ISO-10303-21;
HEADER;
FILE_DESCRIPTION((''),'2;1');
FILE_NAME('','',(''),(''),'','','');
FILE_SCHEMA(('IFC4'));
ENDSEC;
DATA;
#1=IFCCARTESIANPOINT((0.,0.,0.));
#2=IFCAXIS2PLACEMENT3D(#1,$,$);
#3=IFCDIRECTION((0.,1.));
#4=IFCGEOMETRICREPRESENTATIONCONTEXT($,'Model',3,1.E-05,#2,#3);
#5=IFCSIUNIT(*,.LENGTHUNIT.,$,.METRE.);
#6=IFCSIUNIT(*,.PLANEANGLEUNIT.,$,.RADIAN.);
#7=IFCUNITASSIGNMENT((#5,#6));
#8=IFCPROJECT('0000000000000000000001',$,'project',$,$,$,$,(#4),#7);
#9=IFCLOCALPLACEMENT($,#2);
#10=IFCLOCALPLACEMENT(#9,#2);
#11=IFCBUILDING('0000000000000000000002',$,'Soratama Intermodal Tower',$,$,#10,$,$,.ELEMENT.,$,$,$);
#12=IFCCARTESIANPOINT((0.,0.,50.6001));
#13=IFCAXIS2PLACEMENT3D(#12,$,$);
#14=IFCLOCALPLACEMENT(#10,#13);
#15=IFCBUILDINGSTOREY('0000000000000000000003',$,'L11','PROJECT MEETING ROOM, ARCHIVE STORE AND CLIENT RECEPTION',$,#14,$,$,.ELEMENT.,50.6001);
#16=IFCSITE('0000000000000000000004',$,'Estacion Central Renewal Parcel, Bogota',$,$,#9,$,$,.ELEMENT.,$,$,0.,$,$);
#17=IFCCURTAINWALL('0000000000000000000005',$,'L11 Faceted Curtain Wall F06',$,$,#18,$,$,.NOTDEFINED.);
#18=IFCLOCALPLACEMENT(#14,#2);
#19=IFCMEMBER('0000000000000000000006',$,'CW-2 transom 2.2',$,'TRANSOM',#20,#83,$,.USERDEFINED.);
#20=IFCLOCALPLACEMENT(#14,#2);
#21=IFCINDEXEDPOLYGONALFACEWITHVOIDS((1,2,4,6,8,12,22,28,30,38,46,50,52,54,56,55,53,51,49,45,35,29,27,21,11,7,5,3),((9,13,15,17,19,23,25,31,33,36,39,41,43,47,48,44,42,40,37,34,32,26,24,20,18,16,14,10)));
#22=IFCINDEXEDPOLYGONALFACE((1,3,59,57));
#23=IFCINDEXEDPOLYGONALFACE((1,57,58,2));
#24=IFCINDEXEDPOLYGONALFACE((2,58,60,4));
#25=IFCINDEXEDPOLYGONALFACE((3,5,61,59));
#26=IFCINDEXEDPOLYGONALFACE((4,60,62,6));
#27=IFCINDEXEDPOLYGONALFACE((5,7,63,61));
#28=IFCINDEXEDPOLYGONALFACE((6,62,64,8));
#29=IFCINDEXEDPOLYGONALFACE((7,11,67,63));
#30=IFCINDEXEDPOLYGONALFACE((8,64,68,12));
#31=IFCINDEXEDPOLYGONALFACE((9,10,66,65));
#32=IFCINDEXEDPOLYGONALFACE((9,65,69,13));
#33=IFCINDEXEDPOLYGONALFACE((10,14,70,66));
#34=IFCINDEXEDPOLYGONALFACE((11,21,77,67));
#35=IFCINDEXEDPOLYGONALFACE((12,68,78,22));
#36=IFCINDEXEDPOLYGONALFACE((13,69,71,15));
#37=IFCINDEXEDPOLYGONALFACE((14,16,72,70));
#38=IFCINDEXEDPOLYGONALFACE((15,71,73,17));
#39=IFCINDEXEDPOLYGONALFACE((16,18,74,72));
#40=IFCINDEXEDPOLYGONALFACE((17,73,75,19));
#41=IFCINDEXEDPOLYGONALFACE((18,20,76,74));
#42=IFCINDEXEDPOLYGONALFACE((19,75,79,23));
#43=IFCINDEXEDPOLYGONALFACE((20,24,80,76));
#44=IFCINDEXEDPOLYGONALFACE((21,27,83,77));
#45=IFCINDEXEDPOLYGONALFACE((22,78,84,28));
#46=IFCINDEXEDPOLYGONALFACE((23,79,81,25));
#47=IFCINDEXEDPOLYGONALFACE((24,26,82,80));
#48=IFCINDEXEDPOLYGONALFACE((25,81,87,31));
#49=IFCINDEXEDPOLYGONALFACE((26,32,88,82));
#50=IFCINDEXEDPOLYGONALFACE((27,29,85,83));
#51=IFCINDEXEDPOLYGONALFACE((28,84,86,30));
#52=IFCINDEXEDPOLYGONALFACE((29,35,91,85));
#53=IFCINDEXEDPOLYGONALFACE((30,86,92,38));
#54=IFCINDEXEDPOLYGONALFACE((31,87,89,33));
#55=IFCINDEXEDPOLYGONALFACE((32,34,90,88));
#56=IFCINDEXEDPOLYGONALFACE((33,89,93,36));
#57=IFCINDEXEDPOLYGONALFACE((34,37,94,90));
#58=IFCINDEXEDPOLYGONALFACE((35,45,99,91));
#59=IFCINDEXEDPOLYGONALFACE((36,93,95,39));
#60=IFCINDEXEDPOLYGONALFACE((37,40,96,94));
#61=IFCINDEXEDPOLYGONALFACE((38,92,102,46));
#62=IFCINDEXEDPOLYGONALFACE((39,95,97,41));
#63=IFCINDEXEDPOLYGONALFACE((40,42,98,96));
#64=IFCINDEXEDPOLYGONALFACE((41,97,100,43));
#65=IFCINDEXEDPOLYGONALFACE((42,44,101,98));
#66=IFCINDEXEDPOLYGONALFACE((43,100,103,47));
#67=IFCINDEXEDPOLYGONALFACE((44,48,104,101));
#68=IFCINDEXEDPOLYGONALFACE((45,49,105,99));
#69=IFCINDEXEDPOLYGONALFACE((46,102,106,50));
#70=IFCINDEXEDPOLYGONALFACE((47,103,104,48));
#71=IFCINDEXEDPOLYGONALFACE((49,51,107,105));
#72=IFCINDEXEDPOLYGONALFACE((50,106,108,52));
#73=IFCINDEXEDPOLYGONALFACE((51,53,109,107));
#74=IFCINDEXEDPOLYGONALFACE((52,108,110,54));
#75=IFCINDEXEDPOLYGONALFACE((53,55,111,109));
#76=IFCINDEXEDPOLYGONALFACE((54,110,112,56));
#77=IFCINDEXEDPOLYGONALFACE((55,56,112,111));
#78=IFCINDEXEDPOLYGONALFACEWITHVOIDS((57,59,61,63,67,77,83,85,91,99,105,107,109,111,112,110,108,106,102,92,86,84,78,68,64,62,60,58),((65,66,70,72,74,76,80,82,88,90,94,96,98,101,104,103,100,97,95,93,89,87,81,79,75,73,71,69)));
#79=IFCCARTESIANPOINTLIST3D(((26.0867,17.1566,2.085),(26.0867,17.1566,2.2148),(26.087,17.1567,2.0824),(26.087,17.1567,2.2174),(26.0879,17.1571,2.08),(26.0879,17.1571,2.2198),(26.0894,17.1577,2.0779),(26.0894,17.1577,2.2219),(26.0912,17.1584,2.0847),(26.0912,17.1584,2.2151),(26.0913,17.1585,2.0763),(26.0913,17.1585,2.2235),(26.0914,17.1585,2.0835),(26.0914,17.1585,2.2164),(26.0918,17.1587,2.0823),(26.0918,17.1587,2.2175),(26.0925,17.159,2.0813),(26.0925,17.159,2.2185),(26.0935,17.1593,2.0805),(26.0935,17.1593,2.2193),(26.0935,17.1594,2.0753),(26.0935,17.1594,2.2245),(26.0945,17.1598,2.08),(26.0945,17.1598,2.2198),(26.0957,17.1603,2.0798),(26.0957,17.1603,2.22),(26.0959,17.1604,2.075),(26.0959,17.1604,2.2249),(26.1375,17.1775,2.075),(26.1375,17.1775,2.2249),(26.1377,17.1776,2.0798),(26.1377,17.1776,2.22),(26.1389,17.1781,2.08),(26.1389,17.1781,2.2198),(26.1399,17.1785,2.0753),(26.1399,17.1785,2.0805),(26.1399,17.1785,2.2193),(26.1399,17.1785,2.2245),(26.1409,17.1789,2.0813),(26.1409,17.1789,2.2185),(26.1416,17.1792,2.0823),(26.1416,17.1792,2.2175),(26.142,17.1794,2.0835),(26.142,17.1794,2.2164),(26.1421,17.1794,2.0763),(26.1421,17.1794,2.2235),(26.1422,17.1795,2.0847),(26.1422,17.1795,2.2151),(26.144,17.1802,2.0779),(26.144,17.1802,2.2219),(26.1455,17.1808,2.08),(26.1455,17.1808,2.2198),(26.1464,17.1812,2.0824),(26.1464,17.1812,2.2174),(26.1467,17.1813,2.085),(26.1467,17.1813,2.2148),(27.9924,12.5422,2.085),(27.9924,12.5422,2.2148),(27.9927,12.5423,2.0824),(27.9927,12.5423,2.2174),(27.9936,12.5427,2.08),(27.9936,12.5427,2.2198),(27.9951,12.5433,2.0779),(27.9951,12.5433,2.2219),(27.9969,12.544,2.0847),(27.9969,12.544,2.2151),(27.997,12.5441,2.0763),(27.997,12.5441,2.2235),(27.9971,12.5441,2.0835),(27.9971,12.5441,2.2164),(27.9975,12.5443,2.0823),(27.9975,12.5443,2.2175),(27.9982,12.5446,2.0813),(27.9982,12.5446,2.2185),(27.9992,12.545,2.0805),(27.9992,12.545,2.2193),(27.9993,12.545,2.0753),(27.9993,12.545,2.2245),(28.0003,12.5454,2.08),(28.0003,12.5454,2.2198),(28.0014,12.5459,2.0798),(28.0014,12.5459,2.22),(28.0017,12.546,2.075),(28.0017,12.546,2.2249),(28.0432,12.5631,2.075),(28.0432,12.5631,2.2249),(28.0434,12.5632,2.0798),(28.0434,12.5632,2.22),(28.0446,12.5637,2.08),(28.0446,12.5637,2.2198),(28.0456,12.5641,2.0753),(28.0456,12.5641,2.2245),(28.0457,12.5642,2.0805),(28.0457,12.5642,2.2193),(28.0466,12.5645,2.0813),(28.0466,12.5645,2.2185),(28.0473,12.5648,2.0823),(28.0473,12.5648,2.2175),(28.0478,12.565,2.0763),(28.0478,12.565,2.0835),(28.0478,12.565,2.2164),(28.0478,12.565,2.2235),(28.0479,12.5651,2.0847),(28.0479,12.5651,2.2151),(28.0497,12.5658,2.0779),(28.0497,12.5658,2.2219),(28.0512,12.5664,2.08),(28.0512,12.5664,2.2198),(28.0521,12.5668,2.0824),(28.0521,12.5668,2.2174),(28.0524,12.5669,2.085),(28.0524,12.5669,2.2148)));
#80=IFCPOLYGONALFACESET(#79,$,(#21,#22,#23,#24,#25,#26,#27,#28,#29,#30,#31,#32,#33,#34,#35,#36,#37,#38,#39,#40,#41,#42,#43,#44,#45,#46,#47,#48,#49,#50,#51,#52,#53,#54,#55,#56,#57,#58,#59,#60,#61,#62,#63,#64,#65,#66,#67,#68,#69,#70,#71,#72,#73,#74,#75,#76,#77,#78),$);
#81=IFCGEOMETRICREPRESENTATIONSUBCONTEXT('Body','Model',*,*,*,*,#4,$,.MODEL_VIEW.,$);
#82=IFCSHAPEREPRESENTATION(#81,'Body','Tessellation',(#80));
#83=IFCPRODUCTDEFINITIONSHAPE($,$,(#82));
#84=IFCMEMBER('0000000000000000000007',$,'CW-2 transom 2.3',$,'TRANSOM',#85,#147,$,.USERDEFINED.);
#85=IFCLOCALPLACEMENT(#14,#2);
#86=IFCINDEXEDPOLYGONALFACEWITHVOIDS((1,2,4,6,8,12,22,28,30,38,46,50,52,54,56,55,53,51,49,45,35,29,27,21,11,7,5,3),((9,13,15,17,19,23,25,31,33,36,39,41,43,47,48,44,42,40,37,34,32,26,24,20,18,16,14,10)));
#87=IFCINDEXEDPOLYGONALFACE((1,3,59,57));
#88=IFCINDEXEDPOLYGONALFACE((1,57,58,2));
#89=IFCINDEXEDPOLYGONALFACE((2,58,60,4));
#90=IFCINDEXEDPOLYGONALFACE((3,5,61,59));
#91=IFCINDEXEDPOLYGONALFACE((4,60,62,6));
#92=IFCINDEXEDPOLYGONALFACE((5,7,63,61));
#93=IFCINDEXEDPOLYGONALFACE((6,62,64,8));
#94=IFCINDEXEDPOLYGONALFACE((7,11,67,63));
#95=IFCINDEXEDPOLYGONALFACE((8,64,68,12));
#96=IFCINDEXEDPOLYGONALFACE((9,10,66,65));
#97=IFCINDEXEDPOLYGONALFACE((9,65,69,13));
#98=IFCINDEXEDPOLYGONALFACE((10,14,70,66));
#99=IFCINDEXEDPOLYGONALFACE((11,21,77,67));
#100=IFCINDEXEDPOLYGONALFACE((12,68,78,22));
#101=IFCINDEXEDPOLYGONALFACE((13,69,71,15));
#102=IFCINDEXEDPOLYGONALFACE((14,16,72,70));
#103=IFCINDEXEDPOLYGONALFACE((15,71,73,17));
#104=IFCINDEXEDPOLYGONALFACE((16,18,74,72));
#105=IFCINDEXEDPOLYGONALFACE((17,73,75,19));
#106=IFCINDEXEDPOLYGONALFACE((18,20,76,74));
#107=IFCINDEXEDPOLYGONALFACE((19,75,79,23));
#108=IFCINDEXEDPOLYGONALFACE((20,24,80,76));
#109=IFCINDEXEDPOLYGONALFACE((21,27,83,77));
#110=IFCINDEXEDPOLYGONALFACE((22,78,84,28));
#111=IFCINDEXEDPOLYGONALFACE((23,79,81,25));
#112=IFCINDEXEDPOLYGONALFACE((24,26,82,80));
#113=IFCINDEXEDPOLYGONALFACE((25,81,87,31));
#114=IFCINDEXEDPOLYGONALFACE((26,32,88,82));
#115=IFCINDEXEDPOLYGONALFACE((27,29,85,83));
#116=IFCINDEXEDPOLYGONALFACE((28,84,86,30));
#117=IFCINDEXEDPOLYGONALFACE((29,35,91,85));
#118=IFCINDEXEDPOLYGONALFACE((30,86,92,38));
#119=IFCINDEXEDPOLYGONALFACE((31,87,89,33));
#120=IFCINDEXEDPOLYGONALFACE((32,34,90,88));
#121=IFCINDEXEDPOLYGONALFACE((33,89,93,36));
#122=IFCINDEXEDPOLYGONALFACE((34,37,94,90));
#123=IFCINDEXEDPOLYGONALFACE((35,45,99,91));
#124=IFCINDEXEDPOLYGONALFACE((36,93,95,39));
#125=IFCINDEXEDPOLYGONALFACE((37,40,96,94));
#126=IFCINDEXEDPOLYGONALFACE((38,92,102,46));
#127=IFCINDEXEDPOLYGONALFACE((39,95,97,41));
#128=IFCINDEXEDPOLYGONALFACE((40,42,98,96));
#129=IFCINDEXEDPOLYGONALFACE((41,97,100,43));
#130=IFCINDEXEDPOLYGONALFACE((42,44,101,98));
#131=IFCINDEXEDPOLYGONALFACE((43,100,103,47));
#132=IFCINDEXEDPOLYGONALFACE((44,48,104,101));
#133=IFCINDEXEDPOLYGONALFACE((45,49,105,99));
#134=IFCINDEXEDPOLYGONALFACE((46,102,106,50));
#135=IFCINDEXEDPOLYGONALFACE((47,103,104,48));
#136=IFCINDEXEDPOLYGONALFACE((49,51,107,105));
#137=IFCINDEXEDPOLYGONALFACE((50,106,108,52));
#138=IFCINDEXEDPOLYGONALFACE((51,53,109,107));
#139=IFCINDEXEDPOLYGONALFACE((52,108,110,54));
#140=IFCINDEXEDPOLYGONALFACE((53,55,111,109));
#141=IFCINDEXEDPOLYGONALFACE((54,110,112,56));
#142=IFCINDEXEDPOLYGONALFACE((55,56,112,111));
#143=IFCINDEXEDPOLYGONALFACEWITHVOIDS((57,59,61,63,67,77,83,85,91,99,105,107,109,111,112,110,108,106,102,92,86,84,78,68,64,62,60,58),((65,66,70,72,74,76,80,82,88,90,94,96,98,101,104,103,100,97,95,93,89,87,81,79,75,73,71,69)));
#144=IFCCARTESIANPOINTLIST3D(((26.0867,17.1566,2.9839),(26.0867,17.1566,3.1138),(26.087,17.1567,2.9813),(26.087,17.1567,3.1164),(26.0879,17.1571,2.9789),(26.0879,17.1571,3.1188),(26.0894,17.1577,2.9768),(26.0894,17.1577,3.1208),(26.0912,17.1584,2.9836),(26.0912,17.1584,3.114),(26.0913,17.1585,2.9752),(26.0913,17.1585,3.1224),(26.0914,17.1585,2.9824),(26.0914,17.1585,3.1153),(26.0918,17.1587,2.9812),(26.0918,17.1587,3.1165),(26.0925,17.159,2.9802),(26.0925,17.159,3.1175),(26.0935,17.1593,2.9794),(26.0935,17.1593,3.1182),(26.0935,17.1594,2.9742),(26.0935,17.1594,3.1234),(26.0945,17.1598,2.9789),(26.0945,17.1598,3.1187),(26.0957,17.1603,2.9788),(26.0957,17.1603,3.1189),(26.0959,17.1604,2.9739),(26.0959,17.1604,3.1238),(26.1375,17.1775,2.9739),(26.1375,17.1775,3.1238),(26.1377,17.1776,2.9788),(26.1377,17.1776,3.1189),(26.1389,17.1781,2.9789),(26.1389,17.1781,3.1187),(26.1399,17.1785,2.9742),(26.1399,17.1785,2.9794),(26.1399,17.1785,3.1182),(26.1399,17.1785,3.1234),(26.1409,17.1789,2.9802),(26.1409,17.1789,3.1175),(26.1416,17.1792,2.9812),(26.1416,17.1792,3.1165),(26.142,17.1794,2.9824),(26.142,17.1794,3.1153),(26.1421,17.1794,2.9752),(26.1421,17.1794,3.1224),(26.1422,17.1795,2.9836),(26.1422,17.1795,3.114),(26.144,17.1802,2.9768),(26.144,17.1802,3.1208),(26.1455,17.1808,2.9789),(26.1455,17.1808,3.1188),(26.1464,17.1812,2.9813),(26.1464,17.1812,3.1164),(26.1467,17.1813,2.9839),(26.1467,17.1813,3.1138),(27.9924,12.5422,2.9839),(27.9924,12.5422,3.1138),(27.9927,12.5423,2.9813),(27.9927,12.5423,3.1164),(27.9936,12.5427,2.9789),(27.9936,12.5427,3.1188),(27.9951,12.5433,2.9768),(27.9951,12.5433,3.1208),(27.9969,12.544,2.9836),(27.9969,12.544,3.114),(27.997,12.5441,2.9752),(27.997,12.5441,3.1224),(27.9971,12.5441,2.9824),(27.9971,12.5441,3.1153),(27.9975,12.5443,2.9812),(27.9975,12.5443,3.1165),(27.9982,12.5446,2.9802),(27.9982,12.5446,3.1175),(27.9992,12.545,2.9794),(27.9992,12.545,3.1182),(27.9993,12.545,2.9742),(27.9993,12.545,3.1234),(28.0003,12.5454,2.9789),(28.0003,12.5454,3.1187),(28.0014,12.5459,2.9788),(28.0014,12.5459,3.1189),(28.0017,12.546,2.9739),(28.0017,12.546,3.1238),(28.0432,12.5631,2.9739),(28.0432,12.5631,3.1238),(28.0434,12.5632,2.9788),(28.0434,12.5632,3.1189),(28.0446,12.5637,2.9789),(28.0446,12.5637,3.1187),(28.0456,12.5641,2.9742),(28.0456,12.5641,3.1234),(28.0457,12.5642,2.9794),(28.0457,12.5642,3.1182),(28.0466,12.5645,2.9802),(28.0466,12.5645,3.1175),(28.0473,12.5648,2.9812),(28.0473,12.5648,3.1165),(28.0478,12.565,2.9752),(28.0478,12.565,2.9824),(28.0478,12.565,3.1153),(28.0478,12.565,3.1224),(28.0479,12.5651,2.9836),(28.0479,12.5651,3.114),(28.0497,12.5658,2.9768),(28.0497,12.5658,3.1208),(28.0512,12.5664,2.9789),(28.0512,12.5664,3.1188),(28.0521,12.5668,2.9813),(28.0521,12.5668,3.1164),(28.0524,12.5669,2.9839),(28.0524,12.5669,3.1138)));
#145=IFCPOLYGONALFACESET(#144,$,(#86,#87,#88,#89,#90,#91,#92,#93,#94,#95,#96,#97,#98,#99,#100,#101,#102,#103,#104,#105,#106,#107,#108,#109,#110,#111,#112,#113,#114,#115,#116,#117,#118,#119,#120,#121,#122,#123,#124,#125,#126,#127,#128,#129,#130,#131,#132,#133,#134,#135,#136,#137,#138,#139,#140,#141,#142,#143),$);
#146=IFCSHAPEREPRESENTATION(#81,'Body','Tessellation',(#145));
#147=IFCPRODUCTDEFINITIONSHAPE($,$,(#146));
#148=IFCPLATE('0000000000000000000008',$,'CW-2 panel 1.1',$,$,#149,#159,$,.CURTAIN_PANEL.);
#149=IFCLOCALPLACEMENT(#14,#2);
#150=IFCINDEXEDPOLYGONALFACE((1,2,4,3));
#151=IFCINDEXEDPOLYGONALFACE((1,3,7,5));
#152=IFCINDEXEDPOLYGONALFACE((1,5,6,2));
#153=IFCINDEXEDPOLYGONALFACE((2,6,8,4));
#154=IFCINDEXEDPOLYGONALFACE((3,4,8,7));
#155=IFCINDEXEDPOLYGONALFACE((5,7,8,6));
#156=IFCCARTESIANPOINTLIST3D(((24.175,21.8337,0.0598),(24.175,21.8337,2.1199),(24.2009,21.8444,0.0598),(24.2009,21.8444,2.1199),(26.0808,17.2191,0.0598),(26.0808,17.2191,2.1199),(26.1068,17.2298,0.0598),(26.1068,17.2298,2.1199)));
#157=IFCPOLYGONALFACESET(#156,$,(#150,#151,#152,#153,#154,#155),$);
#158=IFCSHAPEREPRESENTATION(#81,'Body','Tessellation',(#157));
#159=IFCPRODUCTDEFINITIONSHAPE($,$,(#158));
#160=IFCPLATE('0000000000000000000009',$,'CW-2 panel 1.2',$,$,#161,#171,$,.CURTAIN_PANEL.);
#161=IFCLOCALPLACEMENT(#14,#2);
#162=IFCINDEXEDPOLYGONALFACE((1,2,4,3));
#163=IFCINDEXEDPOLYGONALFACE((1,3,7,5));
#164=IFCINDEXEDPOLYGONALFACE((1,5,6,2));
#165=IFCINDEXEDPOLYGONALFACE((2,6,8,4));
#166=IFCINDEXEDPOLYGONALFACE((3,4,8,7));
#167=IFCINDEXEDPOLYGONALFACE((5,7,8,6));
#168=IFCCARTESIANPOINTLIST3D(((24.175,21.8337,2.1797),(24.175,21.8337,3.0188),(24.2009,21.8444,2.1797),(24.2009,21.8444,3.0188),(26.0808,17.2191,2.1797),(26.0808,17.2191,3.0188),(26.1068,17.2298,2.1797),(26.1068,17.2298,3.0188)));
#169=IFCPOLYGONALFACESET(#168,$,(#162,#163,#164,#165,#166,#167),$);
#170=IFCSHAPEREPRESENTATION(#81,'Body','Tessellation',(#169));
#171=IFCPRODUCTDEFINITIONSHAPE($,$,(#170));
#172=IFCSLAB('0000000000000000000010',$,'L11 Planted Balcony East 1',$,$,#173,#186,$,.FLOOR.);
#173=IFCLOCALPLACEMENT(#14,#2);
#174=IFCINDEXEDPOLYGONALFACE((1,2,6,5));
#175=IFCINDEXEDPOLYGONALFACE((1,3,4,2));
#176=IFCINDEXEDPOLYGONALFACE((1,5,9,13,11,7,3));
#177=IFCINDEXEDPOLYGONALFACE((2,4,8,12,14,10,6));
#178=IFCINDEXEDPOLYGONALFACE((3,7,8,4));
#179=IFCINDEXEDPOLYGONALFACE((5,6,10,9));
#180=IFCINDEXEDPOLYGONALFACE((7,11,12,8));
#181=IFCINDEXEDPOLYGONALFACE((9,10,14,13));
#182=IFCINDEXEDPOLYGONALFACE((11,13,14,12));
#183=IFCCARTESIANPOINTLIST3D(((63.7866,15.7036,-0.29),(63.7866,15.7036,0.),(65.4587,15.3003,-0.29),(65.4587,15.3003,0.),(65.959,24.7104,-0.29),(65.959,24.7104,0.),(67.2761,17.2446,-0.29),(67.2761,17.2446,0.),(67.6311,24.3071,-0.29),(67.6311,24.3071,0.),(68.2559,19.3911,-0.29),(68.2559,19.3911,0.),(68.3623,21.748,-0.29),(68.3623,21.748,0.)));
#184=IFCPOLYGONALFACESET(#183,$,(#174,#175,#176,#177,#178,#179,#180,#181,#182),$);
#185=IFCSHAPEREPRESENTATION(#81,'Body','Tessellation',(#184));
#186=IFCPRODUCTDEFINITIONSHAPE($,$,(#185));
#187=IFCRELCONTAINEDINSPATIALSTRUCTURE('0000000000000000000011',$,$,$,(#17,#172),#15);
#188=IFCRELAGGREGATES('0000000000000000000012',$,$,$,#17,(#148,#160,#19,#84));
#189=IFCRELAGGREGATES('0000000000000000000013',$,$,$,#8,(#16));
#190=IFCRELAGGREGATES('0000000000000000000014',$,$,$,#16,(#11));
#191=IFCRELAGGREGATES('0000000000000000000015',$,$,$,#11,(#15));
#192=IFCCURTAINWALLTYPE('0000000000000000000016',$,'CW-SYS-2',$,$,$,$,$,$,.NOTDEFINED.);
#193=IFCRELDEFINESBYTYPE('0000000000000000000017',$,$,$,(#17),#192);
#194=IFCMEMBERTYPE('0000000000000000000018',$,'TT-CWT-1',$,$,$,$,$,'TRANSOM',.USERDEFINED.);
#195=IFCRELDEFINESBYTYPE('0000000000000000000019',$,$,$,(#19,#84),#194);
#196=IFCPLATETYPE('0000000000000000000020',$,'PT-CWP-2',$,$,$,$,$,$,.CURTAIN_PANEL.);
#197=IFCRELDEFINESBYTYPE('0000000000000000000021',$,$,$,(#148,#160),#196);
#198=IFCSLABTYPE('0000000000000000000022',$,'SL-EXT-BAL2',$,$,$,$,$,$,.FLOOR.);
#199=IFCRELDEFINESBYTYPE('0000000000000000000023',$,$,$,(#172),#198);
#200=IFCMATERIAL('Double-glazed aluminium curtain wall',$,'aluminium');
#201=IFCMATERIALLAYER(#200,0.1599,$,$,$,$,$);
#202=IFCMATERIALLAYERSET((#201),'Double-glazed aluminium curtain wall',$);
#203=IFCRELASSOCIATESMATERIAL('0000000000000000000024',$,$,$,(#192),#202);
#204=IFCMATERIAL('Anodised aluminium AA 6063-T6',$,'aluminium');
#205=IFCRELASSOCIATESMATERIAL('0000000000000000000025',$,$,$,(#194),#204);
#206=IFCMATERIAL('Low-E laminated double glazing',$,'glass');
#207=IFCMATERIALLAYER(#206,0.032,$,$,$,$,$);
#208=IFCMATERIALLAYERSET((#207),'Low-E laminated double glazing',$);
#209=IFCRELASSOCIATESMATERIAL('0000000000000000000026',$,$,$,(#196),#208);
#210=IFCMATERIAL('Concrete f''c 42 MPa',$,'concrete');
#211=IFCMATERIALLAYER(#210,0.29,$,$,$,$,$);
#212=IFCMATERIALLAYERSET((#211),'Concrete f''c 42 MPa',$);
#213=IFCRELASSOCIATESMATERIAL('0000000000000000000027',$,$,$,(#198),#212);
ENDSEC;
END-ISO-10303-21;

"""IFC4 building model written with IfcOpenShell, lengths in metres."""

from ifc_helpers import new_model, si_unit, direction, frame, origin, origin_2d, place, context, subcontext, project, spatial, polyline, rectangle, hollow_rectangle, outline, extrude, material, layer, layer_set, material_profile, profile_set, type_object, element, aggregate, save


model = new_model("IFC4")

# Units and contexts
model_context = context("Model", 3, precision=1e-05, world=origin(), true_north=direction((0.0, 1.0)))
body_context = subcontext(model_context, "Body", "Model", "MODEL_VIEW")
ifc_project = project(units=[si_unit("LENGTHUNIT", "METRE"), si_unit("PLANEANGLEUNIT", "RADIAN")], contexts=[model_context])

# Site, building, storey
site_placement = place(None, origin())
site = spatial("IfcSite", under=ifc_project, at=site_placement, Name="Estacion Central Renewal Parcel, Bogota", CompositionType="ELEMENT", RefElevation=0.0)
building_placement = place(site_placement, origin())
building = spatial("IfcBuilding", under=site, at=building_placement, Name="Soratama Intermodal Tower", CompositionType="ELEMENT")
storey_placement = place(building_placement, frame((0.0, 0.0, 50.6001)))
storey = spatial("IfcBuildingStorey", under=building, at=storey_placement, Name="L11", Description="PROJECT MEETING ROOM, ARCHIVE STORE AND CLIENT RECEPTION", CompositionType="ELEMENT", Elevation=50.6001)

# Curtain wall, members, plates
ifc_material_1 = material(Name="Double-glazed aluminium curtain wall", Category="aluminium")
ifc_layer_1 = layer(ifc_material_1, 0.1599)
ifc_layer_set_1 = layer_set([ifc_layer_1], Name="Double-glazed aluminium curtain wall")
curtain_wall_type = type_object("IfcCurtainWallType", Name="CW-SYS-2", PredefinedType="NOTDEFINED", material=ifc_layer_set_1)
curtain_wall_placement = place(storey_placement, origin())
curtain_wall = element("IfcCurtainWall", 1, at=curtain_wall_placement, inside=storey, type_object=curtain_wall_type, Name="L11 Faceted Curtain Wall F06", PredefinedType="NOTDEFINED")
ifc_material_2 = material(Name="Anodised aluminium AA 6063-T6", Category="aluminium")
ifc_material_profile_1 = material_profile(ifc_material_2, hollow_rectangle(XDim=0.0649, YDim=0.1499, WallThickness=0.0049, InnerFilletRadius=0.0049, OuterFilletRadius=0.01, at=origin_2d()), Name="CWT150X65X5")
ifc_profile_set_1 = profile_set([ifc_material_profile_1], Name="Anodised aluminium AA 6063-T6")
member_type_1 = type_object("IfcMemberType", Name="TT-CWT-1", ElementType="TRANSOM", PredefinedType="USERDEFINED", material=ifc_profile_set_1)
member_1_placement = place(storey_placement, frame((26.1167, 17.1689, 2.1499), z_axis=(0.381721, -0.924278, 0.0), x_axis=(0.924278, 0.381721, 0.0)))
member_1 = element("IfcMember", 2, at=member_1_placement, type_object=member_type_1, Name="CW-2 transom 2.2", ObjectType="TRANSOM", PredefinedType="USERDEFINED", context=body_context, shape_type="SweptSolid", body=[
    extrude(hollow_rectangle(XDim=0.0649, YDim=0.1499, WallThickness=0.0049, InnerFilletRadius=0.0049, OuterFilletRadius=0.01, at=origin_2d()), origin(), (0.0, 0.0, 1.0), 4.9924),
])
member_2_placement = place(storey_placement, frame((26.1167, 17.1689, 3.0488), z_axis=(0.381721, -0.924278, 0.0), x_axis=(0.924278, 0.381721, 0.0)))
member_2 = element("IfcMember", 3, at=member_2_placement, type_object=member_type_1, Name="CW-2 transom 2.3", ObjectType="TRANSOM", PredefinedType="USERDEFINED", context=body_context, shape_type="SweptSolid", body=[
    extrude(hollow_rectangle(XDim=0.0649, YDim=0.1499, WallThickness=0.0049, InnerFilletRadius=0.0049, OuterFilletRadius=0.01, at=origin_2d()), origin(), (0.0, 0.0, 1.0), 4.9924),
])
ifc_material_3 = material(Name="Low-E laminated double glazing", Category="glass")
ifc_layer_2 = layer(ifc_material_3, 0.032)
ifc_layer_set_2 = layer_set([ifc_layer_2], Name="Low-E laminated double glazing")
plate_type = type_object("IfcPlateType", Name="PT-CWP-2", PredefinedType="CURTAIN_PANEL", material=ifc_layer_set_2)
plate_1_placement = place(storey_placement, frame((25.1409, 19.5317, 0.0598), z_axis=(0.0, 0.0, 1.0), x_axis=(0.381722, -0.924277, 0.0)))
plate_1 = element("IfcPlate", 4, at=plate_1_placement, type_object=plate_type, Name="CW-2 panel 1.1", PredefinedType="CURTAIN_PANEL", context=body_context, shape_type="SweptSolid", body=[
    extrude(rectangle(XDim=4.9927, YDim=0.0281, at=origin_2d()), origin(), (0.0, 0.0, 1.0), 2.0601),
])
plate_2_placement = place(storey_placement, frame((25.1409, 19.5317, 2.1797), z_axis=(0.0, 0.0, 1.0), x_axis=(0.381722, -0.924277, 0.0)))
plate_2 = element("IfcPlate", 5, at=plate_2_placement, type_object=plate_type, Name="CW-2 panel 1.2", PredefinedType="CURTAIN_PANEL", context=body_context, shape_type="SweptSolid", body=[
    extrude(rectangle(XDim=4.9927, YDim=0.0281, at=origin_2d()), origin(), (0.0, 0.0, 1.0), 0.8391),
])
aggregate(curtain_wall, [plate_1, plate_2, member_1, member_2])

# Slab
ifc_material_4 = material(Name="Concrete f'c 42 MPa", Category="concrete")
ifc_layer_3 = layer(ifc_material_4, 0.29)
ifc_layer_set_3 = layer_set([ifc_layer_3], Name="Concrete f'c 42 MPa")
slab_type_1 = type_object("IfcSlabType", Name="SL-EXT-BAL2", PredefinedType="FLOOR", material=ifc_layer_set_3)
slab_1_placement = place(storey_placement, frame((0.0, 0.0, -0.29)))
element("IfcSlab", 6, at=slab_1_placement, inside=storey, type_object=slab_type_1, Name="L11 Planted Balcony East 1", PredefinedType="FLOOR", context=body_context, shape_type="SweptSolid", body=[
    extrude(outline(polyline([(63.7866, 15.7036), (65.959, 24.7104), (67.6311, 24.3071), (68.3623, 21.748), (68.2559, 19.3911), (67.2761, 17.2446), (65.4587, 15.3003), (63.7866, 15.7036)])), origin(), (0.0, 0.0, 1.0), 0.29),
])

save(model, "model.ifc")
